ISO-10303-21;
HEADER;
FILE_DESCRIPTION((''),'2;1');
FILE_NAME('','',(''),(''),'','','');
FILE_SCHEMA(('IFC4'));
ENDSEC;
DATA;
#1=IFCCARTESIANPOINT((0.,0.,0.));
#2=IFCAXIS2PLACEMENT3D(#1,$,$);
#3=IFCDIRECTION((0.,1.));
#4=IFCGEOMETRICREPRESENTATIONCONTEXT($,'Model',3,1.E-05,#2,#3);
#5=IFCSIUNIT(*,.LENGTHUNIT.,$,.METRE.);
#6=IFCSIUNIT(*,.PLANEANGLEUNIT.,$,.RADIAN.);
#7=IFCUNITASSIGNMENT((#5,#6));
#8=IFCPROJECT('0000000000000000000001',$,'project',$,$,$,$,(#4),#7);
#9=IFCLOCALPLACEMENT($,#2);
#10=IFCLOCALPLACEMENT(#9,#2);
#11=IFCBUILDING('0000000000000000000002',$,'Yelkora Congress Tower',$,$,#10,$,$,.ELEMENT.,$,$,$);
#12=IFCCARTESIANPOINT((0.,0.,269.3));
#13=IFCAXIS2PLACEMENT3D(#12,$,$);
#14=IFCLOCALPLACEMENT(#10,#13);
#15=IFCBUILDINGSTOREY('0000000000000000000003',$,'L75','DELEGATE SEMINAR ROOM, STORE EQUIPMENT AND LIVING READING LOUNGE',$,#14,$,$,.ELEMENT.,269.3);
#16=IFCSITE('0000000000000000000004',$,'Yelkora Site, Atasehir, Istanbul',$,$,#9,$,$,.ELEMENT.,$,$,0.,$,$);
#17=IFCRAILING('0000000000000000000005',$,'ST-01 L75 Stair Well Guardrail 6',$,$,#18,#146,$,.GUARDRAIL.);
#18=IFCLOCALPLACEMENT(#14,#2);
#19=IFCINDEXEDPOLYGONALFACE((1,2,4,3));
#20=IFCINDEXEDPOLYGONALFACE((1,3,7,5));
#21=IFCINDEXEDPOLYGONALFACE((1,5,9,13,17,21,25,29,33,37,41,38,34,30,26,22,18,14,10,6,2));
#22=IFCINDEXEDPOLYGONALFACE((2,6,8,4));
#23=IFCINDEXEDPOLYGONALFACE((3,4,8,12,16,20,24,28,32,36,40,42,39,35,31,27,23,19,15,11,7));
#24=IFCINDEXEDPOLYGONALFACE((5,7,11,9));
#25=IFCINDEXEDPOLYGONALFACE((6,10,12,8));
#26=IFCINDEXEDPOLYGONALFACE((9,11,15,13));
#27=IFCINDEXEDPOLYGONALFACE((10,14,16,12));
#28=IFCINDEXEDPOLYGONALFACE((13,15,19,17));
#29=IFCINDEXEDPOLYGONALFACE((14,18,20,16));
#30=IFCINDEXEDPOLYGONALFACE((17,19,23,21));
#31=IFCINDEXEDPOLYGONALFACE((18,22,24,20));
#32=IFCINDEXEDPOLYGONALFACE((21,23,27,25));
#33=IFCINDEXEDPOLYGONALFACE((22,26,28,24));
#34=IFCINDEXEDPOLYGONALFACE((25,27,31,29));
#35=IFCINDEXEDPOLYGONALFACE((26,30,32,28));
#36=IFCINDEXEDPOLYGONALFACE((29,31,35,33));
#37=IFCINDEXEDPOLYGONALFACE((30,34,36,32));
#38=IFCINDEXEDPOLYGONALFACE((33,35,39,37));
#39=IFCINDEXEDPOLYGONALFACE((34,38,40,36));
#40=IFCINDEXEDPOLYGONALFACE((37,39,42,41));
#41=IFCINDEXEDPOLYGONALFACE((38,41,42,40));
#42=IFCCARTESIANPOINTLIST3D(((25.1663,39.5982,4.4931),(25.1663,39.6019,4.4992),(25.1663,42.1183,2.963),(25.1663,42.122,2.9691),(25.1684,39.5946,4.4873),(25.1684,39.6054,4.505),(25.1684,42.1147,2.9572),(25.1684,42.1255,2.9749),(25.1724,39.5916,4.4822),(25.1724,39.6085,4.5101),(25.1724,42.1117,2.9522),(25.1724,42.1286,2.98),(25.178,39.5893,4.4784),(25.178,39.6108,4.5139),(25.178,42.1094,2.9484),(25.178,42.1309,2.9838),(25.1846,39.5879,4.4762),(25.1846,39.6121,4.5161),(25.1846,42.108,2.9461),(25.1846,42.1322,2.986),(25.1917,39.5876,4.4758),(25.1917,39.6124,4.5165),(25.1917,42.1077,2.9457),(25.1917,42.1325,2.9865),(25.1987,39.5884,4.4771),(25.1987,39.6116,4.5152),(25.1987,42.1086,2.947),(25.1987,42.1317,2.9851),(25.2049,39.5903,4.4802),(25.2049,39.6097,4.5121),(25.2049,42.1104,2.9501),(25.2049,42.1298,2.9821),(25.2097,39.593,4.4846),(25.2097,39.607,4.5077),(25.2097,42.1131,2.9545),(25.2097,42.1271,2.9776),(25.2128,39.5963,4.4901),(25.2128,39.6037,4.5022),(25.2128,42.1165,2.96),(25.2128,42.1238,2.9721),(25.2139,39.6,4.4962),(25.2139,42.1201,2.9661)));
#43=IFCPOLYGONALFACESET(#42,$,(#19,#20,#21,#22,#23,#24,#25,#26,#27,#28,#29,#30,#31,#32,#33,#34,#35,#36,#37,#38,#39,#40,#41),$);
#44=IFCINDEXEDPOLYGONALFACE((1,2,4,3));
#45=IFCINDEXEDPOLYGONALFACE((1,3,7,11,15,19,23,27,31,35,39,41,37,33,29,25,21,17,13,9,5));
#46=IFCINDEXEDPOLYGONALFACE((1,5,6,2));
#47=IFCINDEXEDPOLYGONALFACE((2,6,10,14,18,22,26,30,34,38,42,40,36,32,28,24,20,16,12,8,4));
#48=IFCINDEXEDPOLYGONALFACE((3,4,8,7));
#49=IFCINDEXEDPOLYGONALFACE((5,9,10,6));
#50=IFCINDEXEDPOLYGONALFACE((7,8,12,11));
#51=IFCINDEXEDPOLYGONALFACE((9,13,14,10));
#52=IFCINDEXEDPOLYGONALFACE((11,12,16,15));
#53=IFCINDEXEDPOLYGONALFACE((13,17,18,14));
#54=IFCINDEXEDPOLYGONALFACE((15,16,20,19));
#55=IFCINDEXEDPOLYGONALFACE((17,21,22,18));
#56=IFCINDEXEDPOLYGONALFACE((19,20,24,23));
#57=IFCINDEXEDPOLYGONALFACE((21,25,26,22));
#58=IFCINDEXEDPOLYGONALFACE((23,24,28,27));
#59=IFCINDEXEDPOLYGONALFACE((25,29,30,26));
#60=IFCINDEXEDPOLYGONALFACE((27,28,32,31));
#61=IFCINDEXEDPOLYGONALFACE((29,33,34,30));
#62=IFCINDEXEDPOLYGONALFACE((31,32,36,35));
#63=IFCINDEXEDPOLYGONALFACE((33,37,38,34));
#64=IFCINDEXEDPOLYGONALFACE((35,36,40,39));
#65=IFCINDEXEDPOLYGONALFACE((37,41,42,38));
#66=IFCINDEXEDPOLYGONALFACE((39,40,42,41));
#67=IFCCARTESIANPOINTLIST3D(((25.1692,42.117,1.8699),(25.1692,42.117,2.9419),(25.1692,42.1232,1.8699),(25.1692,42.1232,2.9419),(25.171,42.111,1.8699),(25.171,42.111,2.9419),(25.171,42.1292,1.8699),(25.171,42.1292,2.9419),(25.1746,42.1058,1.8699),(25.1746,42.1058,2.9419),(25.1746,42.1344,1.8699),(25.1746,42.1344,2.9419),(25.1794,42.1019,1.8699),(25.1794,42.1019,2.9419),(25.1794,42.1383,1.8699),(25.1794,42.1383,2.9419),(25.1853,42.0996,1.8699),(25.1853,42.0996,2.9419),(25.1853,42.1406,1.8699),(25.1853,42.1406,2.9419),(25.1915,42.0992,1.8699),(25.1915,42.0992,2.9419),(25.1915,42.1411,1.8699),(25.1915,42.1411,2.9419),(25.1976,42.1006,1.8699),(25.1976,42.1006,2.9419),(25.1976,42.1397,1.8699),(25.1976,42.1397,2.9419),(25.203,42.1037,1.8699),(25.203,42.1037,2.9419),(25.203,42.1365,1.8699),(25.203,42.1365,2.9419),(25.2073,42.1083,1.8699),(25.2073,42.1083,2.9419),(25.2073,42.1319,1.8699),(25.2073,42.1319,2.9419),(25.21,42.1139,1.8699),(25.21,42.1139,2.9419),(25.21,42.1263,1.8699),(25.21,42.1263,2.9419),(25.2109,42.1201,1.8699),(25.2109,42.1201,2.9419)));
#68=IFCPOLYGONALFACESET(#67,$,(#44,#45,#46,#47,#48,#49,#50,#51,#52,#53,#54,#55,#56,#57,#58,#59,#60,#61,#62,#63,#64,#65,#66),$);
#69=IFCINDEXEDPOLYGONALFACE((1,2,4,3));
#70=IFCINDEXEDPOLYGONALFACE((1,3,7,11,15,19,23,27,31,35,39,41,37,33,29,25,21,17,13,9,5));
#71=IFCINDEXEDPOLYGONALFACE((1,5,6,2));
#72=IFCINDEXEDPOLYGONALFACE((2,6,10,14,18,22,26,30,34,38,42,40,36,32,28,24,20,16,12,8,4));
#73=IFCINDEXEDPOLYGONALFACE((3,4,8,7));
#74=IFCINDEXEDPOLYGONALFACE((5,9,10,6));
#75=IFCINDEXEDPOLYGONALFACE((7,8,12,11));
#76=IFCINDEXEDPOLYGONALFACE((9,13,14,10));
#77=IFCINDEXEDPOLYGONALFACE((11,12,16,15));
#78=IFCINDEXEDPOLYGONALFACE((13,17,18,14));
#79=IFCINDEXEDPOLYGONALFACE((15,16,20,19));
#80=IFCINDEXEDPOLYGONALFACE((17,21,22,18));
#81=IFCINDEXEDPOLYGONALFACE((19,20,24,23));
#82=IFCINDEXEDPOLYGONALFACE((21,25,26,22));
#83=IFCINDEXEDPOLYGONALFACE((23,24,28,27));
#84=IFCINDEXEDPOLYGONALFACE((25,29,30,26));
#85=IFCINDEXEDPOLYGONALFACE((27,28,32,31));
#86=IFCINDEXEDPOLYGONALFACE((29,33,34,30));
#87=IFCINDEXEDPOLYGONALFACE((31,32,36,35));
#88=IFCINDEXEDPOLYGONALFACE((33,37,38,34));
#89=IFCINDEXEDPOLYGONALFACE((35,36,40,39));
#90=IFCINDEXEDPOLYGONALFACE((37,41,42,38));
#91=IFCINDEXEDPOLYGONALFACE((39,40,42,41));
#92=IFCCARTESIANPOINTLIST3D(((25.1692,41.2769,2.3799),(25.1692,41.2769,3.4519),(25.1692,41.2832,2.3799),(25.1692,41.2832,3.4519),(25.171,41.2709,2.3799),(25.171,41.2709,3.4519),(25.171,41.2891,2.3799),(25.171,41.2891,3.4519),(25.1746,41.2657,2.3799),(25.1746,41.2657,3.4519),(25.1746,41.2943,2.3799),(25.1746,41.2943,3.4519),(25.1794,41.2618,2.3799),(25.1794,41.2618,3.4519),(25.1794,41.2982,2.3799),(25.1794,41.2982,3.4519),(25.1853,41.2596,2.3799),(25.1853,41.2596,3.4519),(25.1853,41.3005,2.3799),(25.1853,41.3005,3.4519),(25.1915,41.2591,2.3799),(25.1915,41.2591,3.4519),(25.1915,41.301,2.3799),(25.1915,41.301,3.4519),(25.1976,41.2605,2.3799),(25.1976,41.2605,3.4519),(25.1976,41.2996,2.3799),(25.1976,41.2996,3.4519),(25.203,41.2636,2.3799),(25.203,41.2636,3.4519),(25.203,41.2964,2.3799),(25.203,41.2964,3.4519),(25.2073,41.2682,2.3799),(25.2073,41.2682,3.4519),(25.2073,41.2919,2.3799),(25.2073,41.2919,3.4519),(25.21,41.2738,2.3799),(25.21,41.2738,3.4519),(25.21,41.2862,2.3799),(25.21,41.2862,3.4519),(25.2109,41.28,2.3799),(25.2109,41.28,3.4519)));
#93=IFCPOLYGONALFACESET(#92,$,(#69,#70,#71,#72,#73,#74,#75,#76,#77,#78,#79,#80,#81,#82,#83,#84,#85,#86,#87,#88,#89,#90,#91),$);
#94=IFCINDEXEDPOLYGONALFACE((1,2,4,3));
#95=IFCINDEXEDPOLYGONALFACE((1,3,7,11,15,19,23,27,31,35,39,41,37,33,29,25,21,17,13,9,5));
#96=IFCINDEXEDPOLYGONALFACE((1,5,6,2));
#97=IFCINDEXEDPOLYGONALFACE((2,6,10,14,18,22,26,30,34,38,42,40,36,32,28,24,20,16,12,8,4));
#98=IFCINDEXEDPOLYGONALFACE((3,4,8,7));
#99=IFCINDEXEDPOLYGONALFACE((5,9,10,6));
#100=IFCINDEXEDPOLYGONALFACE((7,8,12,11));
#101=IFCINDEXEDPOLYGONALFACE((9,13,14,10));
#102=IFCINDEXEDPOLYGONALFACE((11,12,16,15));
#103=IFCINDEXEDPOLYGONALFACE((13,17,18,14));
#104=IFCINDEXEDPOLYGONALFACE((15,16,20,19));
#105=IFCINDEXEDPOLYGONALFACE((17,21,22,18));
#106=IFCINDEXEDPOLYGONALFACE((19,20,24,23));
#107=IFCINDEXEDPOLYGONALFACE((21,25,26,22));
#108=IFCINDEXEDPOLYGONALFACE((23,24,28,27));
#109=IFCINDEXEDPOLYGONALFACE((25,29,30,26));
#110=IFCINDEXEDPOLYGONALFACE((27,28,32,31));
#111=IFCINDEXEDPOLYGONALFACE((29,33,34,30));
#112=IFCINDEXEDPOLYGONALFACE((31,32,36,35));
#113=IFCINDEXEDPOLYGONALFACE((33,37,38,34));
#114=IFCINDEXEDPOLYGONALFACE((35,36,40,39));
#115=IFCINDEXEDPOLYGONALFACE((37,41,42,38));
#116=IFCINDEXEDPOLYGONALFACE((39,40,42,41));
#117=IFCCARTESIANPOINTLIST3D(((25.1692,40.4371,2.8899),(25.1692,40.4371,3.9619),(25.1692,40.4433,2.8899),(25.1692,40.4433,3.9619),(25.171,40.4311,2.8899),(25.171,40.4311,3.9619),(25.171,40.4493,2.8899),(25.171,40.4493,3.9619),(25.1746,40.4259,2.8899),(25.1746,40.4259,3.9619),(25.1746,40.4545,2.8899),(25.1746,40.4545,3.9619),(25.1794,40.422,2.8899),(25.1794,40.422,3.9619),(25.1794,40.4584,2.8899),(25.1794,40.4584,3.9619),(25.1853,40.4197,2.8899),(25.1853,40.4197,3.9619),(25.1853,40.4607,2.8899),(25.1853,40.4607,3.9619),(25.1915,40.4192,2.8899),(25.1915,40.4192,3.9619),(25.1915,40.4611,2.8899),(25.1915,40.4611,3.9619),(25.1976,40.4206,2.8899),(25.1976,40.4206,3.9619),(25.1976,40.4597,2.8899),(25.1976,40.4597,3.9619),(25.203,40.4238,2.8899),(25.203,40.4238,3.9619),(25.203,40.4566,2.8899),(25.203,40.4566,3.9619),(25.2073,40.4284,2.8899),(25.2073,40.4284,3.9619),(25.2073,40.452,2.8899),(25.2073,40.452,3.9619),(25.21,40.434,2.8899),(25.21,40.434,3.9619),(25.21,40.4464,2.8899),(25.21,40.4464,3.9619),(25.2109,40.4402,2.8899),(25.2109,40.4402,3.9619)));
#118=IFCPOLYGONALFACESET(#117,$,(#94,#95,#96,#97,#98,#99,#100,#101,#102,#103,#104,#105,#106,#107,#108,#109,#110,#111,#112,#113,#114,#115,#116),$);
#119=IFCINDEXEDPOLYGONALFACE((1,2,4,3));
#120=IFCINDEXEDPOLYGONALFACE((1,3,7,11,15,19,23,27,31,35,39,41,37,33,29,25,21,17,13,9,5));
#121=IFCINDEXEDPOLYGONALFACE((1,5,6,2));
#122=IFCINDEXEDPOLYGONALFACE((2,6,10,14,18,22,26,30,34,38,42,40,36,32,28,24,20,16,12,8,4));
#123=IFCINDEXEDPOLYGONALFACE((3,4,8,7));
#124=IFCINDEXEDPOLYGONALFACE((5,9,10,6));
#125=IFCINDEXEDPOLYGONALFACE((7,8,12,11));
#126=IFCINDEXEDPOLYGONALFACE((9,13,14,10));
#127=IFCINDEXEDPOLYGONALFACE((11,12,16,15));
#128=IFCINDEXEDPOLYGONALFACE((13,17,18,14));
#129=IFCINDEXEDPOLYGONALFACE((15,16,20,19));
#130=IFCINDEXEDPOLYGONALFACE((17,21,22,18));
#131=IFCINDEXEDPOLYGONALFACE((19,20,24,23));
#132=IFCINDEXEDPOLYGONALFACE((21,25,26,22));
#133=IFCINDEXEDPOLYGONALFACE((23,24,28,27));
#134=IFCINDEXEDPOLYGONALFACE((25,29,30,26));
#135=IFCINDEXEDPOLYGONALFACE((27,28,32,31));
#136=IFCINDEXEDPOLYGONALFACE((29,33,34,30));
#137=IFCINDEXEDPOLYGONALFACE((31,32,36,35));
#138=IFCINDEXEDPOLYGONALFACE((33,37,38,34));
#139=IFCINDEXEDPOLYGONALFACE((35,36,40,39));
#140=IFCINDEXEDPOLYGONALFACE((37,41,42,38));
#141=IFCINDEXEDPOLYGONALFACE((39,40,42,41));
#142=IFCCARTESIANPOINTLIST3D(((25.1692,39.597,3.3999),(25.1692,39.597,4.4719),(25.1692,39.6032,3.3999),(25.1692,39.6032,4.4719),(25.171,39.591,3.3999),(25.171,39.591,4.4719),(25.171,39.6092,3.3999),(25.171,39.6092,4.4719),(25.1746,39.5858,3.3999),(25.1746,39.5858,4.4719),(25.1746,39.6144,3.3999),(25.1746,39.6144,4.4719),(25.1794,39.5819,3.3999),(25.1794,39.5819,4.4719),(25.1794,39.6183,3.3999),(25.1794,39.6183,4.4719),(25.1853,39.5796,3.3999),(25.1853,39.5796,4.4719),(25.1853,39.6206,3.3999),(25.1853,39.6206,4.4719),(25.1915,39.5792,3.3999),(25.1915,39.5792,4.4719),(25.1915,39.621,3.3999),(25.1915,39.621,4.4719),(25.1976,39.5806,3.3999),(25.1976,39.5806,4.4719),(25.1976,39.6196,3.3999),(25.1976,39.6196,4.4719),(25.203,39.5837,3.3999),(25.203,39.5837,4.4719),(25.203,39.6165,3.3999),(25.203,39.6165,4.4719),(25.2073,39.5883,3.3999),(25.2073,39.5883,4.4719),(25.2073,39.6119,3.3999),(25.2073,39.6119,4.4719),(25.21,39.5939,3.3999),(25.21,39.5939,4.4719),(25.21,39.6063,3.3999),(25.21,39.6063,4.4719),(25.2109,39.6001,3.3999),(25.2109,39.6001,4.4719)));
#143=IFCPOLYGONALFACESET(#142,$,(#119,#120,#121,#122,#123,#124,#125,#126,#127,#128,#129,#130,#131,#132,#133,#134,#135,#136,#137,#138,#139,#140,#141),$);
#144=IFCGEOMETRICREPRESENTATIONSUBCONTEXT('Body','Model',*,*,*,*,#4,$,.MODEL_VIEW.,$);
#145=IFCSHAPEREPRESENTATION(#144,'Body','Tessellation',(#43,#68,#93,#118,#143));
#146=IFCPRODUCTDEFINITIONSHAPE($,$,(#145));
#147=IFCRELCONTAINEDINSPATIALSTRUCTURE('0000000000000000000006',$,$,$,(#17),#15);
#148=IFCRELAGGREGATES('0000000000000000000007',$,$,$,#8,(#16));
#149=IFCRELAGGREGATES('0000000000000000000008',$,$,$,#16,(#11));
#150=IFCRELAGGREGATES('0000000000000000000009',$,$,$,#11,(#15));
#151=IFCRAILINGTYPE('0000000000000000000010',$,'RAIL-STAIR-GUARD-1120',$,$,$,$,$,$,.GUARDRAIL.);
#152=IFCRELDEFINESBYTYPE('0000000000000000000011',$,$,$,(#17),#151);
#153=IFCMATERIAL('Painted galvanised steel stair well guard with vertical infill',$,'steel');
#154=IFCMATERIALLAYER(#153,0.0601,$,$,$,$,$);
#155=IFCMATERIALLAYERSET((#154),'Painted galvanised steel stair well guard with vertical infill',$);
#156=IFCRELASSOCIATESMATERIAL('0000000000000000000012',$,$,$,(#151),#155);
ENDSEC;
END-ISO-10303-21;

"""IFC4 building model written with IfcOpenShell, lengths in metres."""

from ifc_helpers import new_model, si_unit, direction, frame, origin, origin_2d, place, context, subcontext, project, spatial, circle, extrude, material, layer, layer_set, type_object, element, save


model = new_model("IFC4")

# Units and contexts
model_context = context("Model", 3, precision=1e-05, world=origin(), true_north=direction((0.0, 1.0)))
body_context = subcontext(model_context, "Body", "Model", "MODEL_VIEW")
ifc_project = project(units=[si_unit("LENGTHUNIT", "METRE"), si_unit("PLANEANGLEUNIT", "RADIAN")], contexts=[model_context])

# Site, building, storey
site_placement = place(None, origin())
site = spatial("IfcSite", under=ifc_project, at=site_placement, Name="Yelkora Site, Atasehir, Istanbul", CompositionType="ELEMENT", RefElevation=0.0)
building_placement = place(site_placement, origin())
building = spatial("IfcBuilding", under=site, at=building_placement, Name="Yelkora Congress Tower", CompositionType="ELEMENT")
storey_placement = place(building_placement, frame((0.0, 0.0, 269.3)))
storey = spatial("IfcBuildingStorey", under=building, at=storey_placement, Name="L75", Description="DELEGATE SEMINAR ROOM, STORE EQUIPMENT AND LIVING READING LOUNGE", CompositionType="ELEMENT", Elevation=269.3)

# Railing
ifc_material_1 = material(Name="Painted galvanised steel stair well guard with vertical infill", Category="steel")
ifc_layer_1 = layer(ifc_material_1, 0.0601)
ifc_layer_set_1 = layer_set([ifc_layer_1], Name="Painted galvanised steel stair well guard with vertical infill")
railing_type_1 = type_object("IfcRailingType", Name="RAIL-STAIR-GUARD-1120", PredefinedType="GUARDRAIL", material=ifc_layer_set_1)
railing_1_placement = place(storey_placement, frame((25.1899, 42.1201, 1.8699)))
element("IfcRailing", 1, at=railing_1_placement, inside=storey, type_object=railing_type_1, Name="ST-01 L75 Stair Well Guardrail 6", PredefinedType="GUARDRAIL", context=body_context, shape_type="SweptSolid", body=[
    extrude(circle(Radius=0.0239, at=origin_2d()), frame((0.0, 0.0, 1.0962), z_axis=(0.0, -0.854785, 0.518982), x_axis=(1.0, 0.0, 0.0)), (0.0, 0.0, 1.0), 2.9482),
    extrude(circle(Radius=0.021, at=origin_2d()), origin(), (0.0, 0.0, 1.0), 1.072),
    extrude(circle(Radius=0.021, at=origin_2d()), frame((0.0, -0.8401, 0.51)), (0.0, 0.0, 1.0), 1.072),
    extrude(circle(Radius=0.021, at=origin_2d()), frame((0.0, -1.6799, 1.02)), (0.0, 0.0, 1.0), 1.072),
    extrude(circle(Radius=0.021, at=origin_2d()), frame((0.0, -2.52, 1.53)), (0.0, 0.0, 1.0), 1.072),
])

save(model, "model.ifc")
